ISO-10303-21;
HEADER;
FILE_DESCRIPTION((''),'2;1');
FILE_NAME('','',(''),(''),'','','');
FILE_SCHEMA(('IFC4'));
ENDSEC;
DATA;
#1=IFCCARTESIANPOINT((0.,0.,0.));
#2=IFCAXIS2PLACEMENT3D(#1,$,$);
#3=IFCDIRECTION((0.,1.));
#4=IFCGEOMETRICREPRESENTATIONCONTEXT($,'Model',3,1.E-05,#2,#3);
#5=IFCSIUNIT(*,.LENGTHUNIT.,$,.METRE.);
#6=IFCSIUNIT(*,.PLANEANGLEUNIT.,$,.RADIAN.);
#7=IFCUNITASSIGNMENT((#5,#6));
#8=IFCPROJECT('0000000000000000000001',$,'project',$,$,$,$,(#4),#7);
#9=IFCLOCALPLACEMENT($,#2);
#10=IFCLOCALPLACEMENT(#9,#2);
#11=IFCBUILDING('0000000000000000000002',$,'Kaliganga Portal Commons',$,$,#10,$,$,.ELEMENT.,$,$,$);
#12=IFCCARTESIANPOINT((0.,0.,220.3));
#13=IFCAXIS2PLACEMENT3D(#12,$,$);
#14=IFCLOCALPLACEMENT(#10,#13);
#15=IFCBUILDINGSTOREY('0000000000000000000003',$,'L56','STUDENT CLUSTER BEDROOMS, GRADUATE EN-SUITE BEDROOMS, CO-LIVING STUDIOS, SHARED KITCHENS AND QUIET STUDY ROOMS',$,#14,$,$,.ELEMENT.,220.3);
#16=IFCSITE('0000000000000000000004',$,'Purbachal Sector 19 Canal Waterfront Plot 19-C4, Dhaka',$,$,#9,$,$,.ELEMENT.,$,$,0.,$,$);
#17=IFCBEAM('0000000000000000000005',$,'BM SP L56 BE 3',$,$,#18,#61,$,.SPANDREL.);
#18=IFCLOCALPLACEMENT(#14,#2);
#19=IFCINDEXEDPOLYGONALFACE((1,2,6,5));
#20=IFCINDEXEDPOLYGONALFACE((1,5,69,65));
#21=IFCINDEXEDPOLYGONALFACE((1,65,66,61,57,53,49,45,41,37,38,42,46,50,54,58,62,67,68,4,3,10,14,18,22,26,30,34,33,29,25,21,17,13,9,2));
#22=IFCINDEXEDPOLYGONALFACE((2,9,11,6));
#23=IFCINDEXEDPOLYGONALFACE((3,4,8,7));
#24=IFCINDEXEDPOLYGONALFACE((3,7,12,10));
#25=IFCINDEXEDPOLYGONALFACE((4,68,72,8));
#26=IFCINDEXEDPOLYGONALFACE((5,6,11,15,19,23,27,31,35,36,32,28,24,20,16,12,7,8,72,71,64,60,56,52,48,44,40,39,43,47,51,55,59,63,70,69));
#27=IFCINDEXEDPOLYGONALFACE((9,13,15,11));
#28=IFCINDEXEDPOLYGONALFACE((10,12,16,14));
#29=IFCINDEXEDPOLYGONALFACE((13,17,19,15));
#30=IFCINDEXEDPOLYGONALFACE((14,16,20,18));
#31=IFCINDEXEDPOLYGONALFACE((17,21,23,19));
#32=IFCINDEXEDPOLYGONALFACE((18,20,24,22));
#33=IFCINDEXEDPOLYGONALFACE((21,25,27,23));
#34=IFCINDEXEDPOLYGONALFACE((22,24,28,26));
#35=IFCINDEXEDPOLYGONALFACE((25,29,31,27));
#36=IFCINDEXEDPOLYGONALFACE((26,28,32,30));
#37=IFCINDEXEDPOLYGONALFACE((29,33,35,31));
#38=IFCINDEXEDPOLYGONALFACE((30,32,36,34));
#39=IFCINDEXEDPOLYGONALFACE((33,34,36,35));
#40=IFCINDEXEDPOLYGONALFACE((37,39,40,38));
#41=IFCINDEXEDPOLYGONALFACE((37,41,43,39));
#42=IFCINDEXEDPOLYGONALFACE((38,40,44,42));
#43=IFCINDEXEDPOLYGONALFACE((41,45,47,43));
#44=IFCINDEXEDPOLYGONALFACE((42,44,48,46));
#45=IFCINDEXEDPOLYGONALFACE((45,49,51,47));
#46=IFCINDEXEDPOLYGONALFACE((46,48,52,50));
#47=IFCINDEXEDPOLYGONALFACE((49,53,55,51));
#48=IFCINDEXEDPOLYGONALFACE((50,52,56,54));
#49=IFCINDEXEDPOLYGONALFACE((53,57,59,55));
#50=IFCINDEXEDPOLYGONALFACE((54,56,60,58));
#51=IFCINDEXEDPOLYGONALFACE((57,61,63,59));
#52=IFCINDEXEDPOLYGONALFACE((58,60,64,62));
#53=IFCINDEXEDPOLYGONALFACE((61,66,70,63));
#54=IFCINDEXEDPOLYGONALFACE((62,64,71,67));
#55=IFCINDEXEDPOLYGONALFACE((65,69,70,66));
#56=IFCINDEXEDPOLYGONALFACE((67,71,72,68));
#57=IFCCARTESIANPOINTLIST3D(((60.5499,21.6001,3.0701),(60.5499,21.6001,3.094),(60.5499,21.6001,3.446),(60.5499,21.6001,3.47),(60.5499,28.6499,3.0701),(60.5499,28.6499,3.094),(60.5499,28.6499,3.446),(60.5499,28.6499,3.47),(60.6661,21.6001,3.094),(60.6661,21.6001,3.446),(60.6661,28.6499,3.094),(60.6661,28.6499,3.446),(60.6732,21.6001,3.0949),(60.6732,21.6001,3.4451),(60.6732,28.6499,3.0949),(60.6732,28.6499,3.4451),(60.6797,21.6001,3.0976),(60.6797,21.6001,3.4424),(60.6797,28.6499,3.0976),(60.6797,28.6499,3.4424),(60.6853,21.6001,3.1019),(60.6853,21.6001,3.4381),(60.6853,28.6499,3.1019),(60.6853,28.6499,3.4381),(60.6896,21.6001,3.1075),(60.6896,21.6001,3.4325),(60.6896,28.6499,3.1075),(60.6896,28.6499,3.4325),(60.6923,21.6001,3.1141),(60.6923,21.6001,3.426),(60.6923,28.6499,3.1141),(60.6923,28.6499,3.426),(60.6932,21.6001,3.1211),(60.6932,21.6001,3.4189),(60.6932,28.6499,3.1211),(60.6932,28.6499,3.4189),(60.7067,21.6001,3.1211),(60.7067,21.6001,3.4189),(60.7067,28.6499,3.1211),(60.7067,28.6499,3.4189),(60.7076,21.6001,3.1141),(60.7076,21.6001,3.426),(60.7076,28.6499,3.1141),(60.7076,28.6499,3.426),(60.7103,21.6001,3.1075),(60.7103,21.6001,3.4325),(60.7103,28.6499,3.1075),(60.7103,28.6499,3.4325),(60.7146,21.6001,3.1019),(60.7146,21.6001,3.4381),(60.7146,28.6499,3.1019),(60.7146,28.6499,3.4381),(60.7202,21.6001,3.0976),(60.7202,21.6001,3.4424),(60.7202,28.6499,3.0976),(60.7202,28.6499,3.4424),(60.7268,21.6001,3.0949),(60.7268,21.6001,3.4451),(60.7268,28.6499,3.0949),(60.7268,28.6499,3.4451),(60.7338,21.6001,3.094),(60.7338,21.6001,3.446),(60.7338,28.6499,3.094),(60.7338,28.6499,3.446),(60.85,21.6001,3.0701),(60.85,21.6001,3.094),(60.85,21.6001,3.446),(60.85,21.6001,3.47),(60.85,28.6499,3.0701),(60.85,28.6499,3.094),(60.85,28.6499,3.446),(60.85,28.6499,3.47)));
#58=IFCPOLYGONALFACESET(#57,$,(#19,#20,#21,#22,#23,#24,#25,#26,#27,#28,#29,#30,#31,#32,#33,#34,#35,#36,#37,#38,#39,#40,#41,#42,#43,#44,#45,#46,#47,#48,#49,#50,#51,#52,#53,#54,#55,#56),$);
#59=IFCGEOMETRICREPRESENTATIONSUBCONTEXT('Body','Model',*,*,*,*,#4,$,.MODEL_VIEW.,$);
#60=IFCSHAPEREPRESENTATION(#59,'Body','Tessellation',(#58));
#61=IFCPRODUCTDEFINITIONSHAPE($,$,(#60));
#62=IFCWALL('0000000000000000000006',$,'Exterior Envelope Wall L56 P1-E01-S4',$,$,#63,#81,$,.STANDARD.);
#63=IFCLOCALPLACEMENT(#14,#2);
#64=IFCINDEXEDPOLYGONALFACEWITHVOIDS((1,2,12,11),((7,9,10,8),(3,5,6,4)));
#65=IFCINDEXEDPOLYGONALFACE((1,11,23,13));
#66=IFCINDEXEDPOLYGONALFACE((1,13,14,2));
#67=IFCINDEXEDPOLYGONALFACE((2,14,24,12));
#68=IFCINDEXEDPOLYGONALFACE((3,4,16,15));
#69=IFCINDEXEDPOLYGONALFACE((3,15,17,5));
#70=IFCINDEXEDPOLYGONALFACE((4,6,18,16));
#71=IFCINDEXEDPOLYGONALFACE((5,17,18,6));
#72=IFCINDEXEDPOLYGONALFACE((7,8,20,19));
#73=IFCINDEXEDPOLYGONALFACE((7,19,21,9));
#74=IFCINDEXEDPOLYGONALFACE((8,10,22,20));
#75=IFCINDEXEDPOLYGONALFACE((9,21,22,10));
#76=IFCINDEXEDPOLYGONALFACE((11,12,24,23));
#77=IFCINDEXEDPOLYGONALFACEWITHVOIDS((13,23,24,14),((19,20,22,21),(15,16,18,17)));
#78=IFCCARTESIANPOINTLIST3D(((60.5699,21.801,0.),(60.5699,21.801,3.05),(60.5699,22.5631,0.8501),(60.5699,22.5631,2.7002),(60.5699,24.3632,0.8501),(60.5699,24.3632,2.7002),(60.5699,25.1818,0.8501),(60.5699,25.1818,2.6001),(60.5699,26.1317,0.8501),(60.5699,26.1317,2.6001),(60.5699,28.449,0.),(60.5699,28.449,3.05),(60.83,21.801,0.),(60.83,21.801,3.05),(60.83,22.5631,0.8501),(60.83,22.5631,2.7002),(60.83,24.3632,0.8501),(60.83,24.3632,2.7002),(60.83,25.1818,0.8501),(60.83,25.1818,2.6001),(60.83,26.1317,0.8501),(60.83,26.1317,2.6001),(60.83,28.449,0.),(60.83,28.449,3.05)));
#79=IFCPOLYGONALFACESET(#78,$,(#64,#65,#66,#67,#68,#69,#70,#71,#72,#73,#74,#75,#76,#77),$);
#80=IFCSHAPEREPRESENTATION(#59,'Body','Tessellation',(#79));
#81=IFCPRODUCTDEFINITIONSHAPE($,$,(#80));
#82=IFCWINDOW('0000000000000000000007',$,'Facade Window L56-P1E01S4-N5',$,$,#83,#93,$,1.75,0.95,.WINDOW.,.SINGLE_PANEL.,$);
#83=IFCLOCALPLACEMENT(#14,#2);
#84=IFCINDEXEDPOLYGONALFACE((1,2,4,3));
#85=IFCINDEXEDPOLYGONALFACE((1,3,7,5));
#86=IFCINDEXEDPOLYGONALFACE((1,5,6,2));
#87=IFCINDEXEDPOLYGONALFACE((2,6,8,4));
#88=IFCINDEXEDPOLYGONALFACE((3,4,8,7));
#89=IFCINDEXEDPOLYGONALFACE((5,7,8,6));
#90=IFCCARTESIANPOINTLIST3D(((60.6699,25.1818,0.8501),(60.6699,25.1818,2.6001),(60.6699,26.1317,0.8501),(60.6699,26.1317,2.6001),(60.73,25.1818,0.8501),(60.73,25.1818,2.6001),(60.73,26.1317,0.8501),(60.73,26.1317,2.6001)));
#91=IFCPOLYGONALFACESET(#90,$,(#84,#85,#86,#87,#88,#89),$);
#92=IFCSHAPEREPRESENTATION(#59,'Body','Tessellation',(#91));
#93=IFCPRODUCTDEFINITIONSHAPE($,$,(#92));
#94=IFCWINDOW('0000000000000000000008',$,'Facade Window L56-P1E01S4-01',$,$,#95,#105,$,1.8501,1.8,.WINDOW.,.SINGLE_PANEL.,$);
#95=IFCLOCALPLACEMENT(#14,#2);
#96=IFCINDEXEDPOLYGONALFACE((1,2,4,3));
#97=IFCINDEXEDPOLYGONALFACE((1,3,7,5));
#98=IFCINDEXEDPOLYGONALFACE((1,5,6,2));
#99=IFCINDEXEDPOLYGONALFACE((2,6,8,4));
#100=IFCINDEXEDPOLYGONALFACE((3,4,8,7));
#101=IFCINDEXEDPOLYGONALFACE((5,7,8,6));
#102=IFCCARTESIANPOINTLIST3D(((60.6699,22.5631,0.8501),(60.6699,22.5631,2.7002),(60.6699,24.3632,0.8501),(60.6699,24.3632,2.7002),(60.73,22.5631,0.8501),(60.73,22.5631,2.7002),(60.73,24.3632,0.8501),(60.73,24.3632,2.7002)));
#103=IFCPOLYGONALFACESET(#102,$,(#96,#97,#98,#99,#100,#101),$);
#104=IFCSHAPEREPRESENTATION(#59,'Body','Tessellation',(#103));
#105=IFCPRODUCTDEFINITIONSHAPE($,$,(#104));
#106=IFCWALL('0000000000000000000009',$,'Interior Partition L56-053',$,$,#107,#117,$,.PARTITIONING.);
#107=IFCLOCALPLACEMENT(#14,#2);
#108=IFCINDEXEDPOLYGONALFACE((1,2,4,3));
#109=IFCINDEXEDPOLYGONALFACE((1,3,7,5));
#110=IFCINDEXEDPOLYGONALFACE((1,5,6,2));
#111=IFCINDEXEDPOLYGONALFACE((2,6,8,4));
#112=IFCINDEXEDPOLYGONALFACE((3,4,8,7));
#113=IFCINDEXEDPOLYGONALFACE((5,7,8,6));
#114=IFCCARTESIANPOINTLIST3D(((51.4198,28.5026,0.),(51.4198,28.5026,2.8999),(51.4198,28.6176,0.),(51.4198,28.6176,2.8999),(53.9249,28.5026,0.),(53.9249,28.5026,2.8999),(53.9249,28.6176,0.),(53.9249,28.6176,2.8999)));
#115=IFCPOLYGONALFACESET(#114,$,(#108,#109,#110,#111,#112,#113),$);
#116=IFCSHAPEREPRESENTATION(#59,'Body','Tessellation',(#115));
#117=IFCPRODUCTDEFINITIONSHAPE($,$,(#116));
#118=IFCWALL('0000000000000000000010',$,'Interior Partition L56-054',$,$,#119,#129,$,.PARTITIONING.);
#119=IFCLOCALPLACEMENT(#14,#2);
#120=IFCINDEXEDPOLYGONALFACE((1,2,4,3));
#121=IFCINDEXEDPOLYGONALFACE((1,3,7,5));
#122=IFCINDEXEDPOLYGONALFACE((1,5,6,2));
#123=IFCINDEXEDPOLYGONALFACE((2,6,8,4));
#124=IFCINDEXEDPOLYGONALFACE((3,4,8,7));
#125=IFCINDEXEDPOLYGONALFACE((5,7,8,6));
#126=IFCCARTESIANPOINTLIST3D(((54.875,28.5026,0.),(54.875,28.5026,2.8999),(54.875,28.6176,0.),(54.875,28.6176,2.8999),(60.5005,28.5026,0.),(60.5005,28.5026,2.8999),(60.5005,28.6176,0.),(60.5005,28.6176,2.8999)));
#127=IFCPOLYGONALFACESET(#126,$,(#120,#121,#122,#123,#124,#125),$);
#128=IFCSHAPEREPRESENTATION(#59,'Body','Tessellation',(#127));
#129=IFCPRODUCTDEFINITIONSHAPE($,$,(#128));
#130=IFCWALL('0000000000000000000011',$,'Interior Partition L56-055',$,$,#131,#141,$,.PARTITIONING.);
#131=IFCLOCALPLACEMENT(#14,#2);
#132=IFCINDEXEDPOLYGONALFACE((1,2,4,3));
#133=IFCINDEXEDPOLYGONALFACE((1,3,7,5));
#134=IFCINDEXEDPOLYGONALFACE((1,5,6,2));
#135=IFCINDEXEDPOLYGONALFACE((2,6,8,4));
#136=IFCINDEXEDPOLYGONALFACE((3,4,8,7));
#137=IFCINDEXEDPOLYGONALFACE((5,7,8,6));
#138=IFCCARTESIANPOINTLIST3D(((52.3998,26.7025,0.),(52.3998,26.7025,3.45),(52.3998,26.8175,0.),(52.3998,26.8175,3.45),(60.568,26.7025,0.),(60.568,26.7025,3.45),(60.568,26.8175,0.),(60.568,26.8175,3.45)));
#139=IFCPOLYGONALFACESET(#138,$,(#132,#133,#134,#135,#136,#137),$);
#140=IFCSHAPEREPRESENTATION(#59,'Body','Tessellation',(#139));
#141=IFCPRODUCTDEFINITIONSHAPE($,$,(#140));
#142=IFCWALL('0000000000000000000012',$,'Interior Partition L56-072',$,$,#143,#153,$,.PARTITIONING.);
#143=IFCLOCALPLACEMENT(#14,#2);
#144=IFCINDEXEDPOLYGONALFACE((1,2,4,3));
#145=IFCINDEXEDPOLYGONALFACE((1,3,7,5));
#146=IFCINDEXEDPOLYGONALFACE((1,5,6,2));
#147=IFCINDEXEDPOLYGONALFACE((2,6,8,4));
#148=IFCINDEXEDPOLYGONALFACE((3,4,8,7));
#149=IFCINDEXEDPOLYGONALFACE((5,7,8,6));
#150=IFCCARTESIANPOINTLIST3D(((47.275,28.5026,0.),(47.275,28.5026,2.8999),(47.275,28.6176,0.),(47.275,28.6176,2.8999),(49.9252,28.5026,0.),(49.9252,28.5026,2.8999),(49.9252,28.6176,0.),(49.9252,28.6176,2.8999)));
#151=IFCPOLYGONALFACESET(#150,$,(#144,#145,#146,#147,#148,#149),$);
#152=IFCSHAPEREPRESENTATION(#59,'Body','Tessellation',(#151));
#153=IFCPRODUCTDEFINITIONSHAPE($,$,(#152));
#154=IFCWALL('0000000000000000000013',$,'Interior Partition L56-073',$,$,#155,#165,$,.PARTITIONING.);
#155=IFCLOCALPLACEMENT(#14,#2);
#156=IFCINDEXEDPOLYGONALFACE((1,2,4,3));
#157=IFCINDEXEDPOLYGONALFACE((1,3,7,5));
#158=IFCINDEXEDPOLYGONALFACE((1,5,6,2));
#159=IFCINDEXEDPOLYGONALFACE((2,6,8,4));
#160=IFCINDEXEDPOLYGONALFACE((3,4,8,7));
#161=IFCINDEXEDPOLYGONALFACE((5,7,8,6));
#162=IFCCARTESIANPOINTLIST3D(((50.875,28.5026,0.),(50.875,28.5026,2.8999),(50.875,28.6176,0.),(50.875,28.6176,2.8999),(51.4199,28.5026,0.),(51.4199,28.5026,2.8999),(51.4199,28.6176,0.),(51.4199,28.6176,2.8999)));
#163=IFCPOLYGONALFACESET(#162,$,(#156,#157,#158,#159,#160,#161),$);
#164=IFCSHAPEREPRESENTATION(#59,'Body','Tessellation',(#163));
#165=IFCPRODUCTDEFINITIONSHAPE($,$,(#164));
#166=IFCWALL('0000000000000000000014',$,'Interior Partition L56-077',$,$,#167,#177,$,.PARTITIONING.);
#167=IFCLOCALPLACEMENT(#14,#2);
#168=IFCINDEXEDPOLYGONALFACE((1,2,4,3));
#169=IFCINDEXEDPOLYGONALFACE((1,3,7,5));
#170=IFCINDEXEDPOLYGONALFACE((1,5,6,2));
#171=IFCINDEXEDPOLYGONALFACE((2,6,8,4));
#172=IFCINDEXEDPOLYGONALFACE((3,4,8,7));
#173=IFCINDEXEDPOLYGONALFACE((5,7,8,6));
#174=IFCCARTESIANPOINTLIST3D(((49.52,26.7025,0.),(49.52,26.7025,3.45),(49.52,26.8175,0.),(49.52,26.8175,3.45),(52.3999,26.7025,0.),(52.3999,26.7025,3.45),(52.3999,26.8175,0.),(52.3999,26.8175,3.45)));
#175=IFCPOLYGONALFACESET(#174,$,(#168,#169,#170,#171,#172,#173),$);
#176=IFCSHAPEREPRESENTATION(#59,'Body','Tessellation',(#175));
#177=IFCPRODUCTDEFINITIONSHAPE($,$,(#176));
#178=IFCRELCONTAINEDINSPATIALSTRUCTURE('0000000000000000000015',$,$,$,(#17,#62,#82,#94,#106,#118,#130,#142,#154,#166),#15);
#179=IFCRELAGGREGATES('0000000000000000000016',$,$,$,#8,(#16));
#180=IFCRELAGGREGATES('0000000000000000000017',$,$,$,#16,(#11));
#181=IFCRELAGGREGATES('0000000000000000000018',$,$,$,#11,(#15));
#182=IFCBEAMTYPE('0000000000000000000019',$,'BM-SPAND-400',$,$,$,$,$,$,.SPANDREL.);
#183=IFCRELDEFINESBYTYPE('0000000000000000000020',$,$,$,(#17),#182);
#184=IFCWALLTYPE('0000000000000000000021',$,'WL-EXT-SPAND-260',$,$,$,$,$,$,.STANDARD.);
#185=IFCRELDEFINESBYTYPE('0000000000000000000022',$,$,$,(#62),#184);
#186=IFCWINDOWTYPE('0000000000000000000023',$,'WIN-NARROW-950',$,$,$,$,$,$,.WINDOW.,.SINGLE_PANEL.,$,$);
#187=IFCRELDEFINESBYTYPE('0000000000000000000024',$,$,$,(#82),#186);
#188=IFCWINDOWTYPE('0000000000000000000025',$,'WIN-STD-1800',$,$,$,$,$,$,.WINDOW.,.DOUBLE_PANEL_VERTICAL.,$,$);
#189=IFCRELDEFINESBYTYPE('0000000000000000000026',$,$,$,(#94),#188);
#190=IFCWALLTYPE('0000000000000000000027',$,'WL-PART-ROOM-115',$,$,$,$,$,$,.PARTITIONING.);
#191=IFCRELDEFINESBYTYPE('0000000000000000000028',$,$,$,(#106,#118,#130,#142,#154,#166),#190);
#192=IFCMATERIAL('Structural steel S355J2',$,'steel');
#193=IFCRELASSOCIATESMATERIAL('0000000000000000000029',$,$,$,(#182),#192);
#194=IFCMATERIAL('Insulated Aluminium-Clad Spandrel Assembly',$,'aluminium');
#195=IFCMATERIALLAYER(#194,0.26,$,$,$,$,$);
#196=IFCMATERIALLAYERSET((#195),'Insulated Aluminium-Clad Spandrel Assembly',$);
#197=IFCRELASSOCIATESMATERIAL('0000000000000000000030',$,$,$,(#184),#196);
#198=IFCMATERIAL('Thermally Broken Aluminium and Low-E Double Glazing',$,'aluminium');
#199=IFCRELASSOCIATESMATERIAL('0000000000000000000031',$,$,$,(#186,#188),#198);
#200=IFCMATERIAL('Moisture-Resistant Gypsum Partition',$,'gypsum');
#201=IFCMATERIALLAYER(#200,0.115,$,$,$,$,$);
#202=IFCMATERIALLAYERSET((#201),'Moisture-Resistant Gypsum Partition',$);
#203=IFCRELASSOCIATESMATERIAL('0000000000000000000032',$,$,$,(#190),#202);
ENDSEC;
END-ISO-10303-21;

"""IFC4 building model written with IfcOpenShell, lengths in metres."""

from ifc_helpers import new_model, si_unit, direction, frame, frame_2d, origin, origin_2d, place, context, subcontext, project, spatial, rectangle, i_section, extrude, source, transform, mapped, material, layer, layer_set, material_profile, profile_set, type_object, element, fill, save


model = new_model("IFC4")

# Units and contexts
model_context = context("Model", 3, precision=1e-05, world=origin(), true_north=direction((0.0, 1.0)))
body_context = subcontext(model_context, "Body", "Model", "MODEL_VIEW")
ifc_project = project(units=[si_unit("LENGTHUNIT", "METRE"), si_unit("PLANEANGLEUNIT", "RADIAN")], contexts=[model_context])

# Site, building, storey
site_placement = place(None, origin())
site = spatial("IfcSite", under=ifc_project, at=site_placement, Name="Purbachal Sector 19 Canal Waterfront Plot 19-C4, Dhaka", CompositionType="ELEMENT", RefElevation=0.0)
building_placement = place(site_placement, origin())
building = spatial("IfcBuilding", under=site, at=building_placement, Name="Kaliganga Portal Commons", CompositionType="ELEMENT")
storey_placement = place(building_placement, frame((0.0, 0.0, 220.3)))
storey = spatial("IfcBuildingStorey", under=building, at=storey_placement, Name="L56", Description="STUDENT CLUSTER BEDROOMS, GRADUATE EN-SUITE BEDROOMS, CO-LIVING STUDIOS, SHARED KITCHENS AND QUIET STUDY ROOMS", CompositionType="ELEMENT", Elevation=220.3)

# Shared definitions
ifc_material_1 = material(Name="Structural steel S355J2", Category="steel")

# Beam
ifc_material_profile_1 = material_profile(ifc_material_1, i_section(OverallWidth=0.3, OverallDepth=0.3999, WebThickness=0.0134, FlangeThickness=0.0239, FilletRadius=0.0271, at=origin_2d()), Name="HE 400 B")
ifc_profile_set_1 = profile_set([ifc_material_profile_1], Name="Structural steel S355J2 wide-flange")
beam_type_1 = type_object("IfcBeamType", Name="BM-SPAND-400", PredefinedType="SPANDREL", material=ifc_profile_set_1)
shared_shape_1 = source(origin(), body_context, "Body", "SweptSolid", [
    extrude(i_section(OverallWidth=0.3, OverallDepth=0.3999, WebThickness=0.0134, FlangeThickness=0.0239, FilletRadius=0.0271, at=origin_2d()), origin(), (0.0, 0.0, 1.0), 7.0498),
])
beam_placement = place(storey_placement, frame((60.7, 21.6001, 3.27), z_axis=(0.0, 1.0, 0.0), x_axis=(-1.0, 0.0, 0.0)))
element("IfcBeam", 1, at=beam_placement, inside=storey, type_object=beam_type_1, Name="BM SP L56 BE 3", PredefinedType="SPANDREL", context=body_context, shape_type="MappedRepresentation", body=[
    mapped(shared_shape_1, transform((0.0, 0.0, 0.0), x_axis=(1.0, 0.0, 0.0), y_axis=(0.0, 1.0, 0.0), z_axis=(0.0, 0.0, 1.0), scale=1.0)),
])

# Wall, openings, windows
ifc_material_2 = material(Name="Insulated Aluminium-Clad Spandrel Assembly", Category="aluminium")
ifc_layer_1 = layer(ifc_material_2, 0.26)
ifc_layer_set_1 = layer_set([ifc_layer_1], Name="Insulated Aluminium-Clad Spandrel Assembly")
wall_type_1 = type_object("IfcWallType", Name="WL-EXT-SPAND-260", PredefinedType="STANDARD", material=ifc_layer_set_1)
wall_1_placement = place(storey_placement, frame((60.7, 28.449, 0.0), z_axis=(0.0, 0.0, 1.0), x_axis=(0.0, -1.0, 0.0)))
wall_1 = element("IfcWall", 2, at=wall_1_placement, inside=storey, type_object=wall_type_1, Name="Exterior Envelope Wall L56 P1-E01-S4", PredefinedType="STANDARD", context=body_context, shape_type="SweptSolid", body=[
    extrude(rectangle(XDim=6.6479, YDim=0.26, at=frame_2d((3.324, 0.0))), origin(), (0.0, 0.0, 1.0), 3.05),
])
opening_1_placement = place(wall_1_placement, frame((4.0859, 0.0, 0.8501)))
opening_1 = element("IfcOpeningElement", 3, at=opening_1_placement, cuts=wall_1, PredefinedType="OPENING", context=body_context, shape_type="SweptSolid", body=[
    extrude(rectangle(XDim=1.8, YDim=1.8501, at=frame_2d((0.8999, 0.925))), frame((0.0, 0.1401, 0.0), z_axis=(0.0, -1.0, 0.0), x_axis=(1.0, 0.0, 0.0)), (0.0, 0.0, 1.0), 0.28),
])
opening_2_placement = place(wall_1_placement, frame((2.3171, 0.0, 0.8501)))
opening_2 = element("IfcOpeningElement", 4, at=opening_2_placement, cuts=wall_1, PredefinedType="OPENING", context=body_context, shape_type="SweptSolid", body=[
    extrude(rectangle(XDim=0.95, YDim=1.75, at=frame_2d((0.4751, 0.875))), frame((0.0, 0.1401, 0.0), z_axis=(0.0, -1.0, 0.0), x_axis=(1.0, 0.0, 0.0)), (0.0, 0.0, 1.0), 0.28),
])
ifc_material_3 = material(Name="Thermally Broken Aluminium and Low-E Double Glazing", Category="aluminium")
window_type_1 = type_object("IfcWindowType", Name="WIN-NARROW-950", PartitioningType="SINGLE_PANEL", PredefinedType="WINDOW", material=ifc_material_3)
window_1_placement = place(opening_2_placement, origin())
window_1 = element("IfcWindow", 5, at=window_1_placement, inside=storey, type_object=window_type_1, Name="Facade Window L56-P1E01S4-N5", OverallHeight=1.75, OverallWidth=0.95, PartitioningType="SINGLE_PANEL", PredefinedType="WINDOW", context=body_context, shape_type="SweptSolid", body=[
    extrude(rectangle(XDim=0.95, YDim=1.75, at=frame_2d((0.4751, 0.875))), frame((0.0, 0.03, 0.0), z_axis=(0.0, -1.0, 0.0), x_axis=(1.0, 0.0, 0.0)), (0.0, 0.0, 1.0), 0.0601),
])
fill(opening_2, window_1)
window_type_2 = type_object("IfcWindowType", Name="WIN-STD-1800", PartitioningType="DOUBLE_PANEL_VERTICAL", PredefinedType="WINDOW", material=ifc_material_3)
window_2_placement = place(opening_1_placement, origin())
window_2 = element("IfcWindow", 6, at=window_2_placement, inside=storey, type_object=window_type_2, Name="Facade Window L56-P1E01S4-01", OverallHeight=1.8501, OverallWidth=1.8, PartitioningType="SINGLE_PANEL", PredefinedType="WINDOW", context=body_context, shape_type="SweptSolid", body=[
    extrude(rectangle(XDim=1.8, YDim=1.8501, at=frame_2d((0.8999, 0.925))), frame((0.0, 0.03, 0.0), z_axis=(0.0, -1.0, 0.0), x_axis=(1.0, 0.0, 0.0)), (0.0, 0.0, 1.0), 0.0601),
])
fill(opening_1, window_2)

# Walls
ifc_material_4 = material(Name="Moisture-Resistant Gypsum Partition", Category="gypsum")
ifc_layer_2 = layer(ifc_material_4, 0.115)
ifc_layer_set_2 = layer_set([ifc_layer_2], Name="Moisture-Resistant Gypsum Partition")
wall_type_2 = type_object("IfcWallType", Name="WL-PART-ROOM-115", PredefinedType="PARTITIONING", material=ifc_layer_set_2)
wall_2_placement = place(storey_placement, frame((51.4199, 28.5601, 0.0), z_axis=(0.0, 0.0, 1.0), x_axis=(1.0, 0.0, 0.0)))
element("IfcWall", 7, at=wall_2_placement, inside=storey, type_object=wall_type_2, Name="Interior Partition L56-053", PredefinedType="PARTITIONING", context=body_context, shape_type="SweptSolid", body=[
    extrude(rectangle(XDim=2.5051, YDim=0.115, at=frame_2d((1.2524, 0.0))), origin(), (0.0, 0.0, 1.0), 2.8999),
])
wall_3_placement = place(storey_placement, frame((54.875, 28.5601, 0.0), z_axis=(0.0, 0.0, 1.0), x_axis=(1.0, 0.0, 0.0)))
element("IfcWall", 8, at=wall_3_placement, inside=storey, type_object=wall_type_2, Name="Interior Partition L56-054", PredefinedType="PARTITIONING", context=body_context, shape_type="SweptSolid", body=[
    extrude(rectangle(XDim=5.6255, YDim=0.115, at=frame_2d((2.8127, 0.0))), origin(), (0.0, 0.0, 1.0), 2.8999),
])
wall_4_placement = place(storey_placement, frame((52.3999, 26.76, 0.0), z_axis=(0.0, 0.0, 1.0), x_axis=(1.0, 0.0, 0.0)))
element("IfcWall", 9, at=wall_4_placement, inside=storey, type_object=wall_type_2, Name="Interior Partition L56-055", PredefinedType="PARTITIONING", context=body_context, shape_type="SweptSolid", body=[
    extrude(rectangle(XDim=8.1682, YDim=0.115, at=frame_2d((4.084, 0.0))), origin(), (0.0, 0.0, 1.0), 3.45),
])
wall_5_placement = place(storey_placement, frame((47.2749, 28.5601, 0.0), z_axis=(0.0, 0.0, 1.0), x_axis=(1.0, 0.0, 0.0)))
element("IfcWall", 10, at=wall_5_placement, inside=storey, type_object=wall_type_2, Name="Interior Partition L56-072", PredefinedType="PARTITIONING", context=body_context, shape_type="SweptSolid", body=[
    extrude(rectangle(XDim=2.6501, YDim=0.115, at=frame_2d((1.3252, 0.0))), origin(), (0.0, 0.0, 1.0), 2.8999),
])
wall_6_placement = place(storey_placement, frame((50.875, 28.5601, 0.0), z_axis=(0.0, 0.0, 1.0), x_axis=(1.0, 0.0, 0.0)))
element("IfcWall", 11, at=wall_6_placement, inside=storey, type_object=wall_type_2, Name="Interior Partition L56-073", PredefinedType="PARTITIONING", context=body_context, shape_type="SweptSolid", body=[
    extrude(rectangle(XDim=0.5449, YDim=0.115, at=frame_2d((0.2725, 0.0))), origin(), (0.0, 0.0, 1.0), 2.8999),
])
wall_7_placement = place(storey_placement, frame((49.52, 26.76, 0.0), z_axis=(0.0, 0.0, 1.0), x_axis=(1.0, 0.0, 0.0)))
element("IfcWall", 12, at=wall_7_placement, inside=storey, type_object=wall_type_2, Name="Interior Partition L56-077", PredefinedType="PARTITIONING", context=body_context, shape_type="SweptSolid", body=[
    extrude(rectangle(XDim=2.8799, YDim=0.115, at=frame_2d((1.4399, 0.0))), origin(), (0.0, 0.0, 1.0), 3.45),
])

save(model, "model.ifc")
